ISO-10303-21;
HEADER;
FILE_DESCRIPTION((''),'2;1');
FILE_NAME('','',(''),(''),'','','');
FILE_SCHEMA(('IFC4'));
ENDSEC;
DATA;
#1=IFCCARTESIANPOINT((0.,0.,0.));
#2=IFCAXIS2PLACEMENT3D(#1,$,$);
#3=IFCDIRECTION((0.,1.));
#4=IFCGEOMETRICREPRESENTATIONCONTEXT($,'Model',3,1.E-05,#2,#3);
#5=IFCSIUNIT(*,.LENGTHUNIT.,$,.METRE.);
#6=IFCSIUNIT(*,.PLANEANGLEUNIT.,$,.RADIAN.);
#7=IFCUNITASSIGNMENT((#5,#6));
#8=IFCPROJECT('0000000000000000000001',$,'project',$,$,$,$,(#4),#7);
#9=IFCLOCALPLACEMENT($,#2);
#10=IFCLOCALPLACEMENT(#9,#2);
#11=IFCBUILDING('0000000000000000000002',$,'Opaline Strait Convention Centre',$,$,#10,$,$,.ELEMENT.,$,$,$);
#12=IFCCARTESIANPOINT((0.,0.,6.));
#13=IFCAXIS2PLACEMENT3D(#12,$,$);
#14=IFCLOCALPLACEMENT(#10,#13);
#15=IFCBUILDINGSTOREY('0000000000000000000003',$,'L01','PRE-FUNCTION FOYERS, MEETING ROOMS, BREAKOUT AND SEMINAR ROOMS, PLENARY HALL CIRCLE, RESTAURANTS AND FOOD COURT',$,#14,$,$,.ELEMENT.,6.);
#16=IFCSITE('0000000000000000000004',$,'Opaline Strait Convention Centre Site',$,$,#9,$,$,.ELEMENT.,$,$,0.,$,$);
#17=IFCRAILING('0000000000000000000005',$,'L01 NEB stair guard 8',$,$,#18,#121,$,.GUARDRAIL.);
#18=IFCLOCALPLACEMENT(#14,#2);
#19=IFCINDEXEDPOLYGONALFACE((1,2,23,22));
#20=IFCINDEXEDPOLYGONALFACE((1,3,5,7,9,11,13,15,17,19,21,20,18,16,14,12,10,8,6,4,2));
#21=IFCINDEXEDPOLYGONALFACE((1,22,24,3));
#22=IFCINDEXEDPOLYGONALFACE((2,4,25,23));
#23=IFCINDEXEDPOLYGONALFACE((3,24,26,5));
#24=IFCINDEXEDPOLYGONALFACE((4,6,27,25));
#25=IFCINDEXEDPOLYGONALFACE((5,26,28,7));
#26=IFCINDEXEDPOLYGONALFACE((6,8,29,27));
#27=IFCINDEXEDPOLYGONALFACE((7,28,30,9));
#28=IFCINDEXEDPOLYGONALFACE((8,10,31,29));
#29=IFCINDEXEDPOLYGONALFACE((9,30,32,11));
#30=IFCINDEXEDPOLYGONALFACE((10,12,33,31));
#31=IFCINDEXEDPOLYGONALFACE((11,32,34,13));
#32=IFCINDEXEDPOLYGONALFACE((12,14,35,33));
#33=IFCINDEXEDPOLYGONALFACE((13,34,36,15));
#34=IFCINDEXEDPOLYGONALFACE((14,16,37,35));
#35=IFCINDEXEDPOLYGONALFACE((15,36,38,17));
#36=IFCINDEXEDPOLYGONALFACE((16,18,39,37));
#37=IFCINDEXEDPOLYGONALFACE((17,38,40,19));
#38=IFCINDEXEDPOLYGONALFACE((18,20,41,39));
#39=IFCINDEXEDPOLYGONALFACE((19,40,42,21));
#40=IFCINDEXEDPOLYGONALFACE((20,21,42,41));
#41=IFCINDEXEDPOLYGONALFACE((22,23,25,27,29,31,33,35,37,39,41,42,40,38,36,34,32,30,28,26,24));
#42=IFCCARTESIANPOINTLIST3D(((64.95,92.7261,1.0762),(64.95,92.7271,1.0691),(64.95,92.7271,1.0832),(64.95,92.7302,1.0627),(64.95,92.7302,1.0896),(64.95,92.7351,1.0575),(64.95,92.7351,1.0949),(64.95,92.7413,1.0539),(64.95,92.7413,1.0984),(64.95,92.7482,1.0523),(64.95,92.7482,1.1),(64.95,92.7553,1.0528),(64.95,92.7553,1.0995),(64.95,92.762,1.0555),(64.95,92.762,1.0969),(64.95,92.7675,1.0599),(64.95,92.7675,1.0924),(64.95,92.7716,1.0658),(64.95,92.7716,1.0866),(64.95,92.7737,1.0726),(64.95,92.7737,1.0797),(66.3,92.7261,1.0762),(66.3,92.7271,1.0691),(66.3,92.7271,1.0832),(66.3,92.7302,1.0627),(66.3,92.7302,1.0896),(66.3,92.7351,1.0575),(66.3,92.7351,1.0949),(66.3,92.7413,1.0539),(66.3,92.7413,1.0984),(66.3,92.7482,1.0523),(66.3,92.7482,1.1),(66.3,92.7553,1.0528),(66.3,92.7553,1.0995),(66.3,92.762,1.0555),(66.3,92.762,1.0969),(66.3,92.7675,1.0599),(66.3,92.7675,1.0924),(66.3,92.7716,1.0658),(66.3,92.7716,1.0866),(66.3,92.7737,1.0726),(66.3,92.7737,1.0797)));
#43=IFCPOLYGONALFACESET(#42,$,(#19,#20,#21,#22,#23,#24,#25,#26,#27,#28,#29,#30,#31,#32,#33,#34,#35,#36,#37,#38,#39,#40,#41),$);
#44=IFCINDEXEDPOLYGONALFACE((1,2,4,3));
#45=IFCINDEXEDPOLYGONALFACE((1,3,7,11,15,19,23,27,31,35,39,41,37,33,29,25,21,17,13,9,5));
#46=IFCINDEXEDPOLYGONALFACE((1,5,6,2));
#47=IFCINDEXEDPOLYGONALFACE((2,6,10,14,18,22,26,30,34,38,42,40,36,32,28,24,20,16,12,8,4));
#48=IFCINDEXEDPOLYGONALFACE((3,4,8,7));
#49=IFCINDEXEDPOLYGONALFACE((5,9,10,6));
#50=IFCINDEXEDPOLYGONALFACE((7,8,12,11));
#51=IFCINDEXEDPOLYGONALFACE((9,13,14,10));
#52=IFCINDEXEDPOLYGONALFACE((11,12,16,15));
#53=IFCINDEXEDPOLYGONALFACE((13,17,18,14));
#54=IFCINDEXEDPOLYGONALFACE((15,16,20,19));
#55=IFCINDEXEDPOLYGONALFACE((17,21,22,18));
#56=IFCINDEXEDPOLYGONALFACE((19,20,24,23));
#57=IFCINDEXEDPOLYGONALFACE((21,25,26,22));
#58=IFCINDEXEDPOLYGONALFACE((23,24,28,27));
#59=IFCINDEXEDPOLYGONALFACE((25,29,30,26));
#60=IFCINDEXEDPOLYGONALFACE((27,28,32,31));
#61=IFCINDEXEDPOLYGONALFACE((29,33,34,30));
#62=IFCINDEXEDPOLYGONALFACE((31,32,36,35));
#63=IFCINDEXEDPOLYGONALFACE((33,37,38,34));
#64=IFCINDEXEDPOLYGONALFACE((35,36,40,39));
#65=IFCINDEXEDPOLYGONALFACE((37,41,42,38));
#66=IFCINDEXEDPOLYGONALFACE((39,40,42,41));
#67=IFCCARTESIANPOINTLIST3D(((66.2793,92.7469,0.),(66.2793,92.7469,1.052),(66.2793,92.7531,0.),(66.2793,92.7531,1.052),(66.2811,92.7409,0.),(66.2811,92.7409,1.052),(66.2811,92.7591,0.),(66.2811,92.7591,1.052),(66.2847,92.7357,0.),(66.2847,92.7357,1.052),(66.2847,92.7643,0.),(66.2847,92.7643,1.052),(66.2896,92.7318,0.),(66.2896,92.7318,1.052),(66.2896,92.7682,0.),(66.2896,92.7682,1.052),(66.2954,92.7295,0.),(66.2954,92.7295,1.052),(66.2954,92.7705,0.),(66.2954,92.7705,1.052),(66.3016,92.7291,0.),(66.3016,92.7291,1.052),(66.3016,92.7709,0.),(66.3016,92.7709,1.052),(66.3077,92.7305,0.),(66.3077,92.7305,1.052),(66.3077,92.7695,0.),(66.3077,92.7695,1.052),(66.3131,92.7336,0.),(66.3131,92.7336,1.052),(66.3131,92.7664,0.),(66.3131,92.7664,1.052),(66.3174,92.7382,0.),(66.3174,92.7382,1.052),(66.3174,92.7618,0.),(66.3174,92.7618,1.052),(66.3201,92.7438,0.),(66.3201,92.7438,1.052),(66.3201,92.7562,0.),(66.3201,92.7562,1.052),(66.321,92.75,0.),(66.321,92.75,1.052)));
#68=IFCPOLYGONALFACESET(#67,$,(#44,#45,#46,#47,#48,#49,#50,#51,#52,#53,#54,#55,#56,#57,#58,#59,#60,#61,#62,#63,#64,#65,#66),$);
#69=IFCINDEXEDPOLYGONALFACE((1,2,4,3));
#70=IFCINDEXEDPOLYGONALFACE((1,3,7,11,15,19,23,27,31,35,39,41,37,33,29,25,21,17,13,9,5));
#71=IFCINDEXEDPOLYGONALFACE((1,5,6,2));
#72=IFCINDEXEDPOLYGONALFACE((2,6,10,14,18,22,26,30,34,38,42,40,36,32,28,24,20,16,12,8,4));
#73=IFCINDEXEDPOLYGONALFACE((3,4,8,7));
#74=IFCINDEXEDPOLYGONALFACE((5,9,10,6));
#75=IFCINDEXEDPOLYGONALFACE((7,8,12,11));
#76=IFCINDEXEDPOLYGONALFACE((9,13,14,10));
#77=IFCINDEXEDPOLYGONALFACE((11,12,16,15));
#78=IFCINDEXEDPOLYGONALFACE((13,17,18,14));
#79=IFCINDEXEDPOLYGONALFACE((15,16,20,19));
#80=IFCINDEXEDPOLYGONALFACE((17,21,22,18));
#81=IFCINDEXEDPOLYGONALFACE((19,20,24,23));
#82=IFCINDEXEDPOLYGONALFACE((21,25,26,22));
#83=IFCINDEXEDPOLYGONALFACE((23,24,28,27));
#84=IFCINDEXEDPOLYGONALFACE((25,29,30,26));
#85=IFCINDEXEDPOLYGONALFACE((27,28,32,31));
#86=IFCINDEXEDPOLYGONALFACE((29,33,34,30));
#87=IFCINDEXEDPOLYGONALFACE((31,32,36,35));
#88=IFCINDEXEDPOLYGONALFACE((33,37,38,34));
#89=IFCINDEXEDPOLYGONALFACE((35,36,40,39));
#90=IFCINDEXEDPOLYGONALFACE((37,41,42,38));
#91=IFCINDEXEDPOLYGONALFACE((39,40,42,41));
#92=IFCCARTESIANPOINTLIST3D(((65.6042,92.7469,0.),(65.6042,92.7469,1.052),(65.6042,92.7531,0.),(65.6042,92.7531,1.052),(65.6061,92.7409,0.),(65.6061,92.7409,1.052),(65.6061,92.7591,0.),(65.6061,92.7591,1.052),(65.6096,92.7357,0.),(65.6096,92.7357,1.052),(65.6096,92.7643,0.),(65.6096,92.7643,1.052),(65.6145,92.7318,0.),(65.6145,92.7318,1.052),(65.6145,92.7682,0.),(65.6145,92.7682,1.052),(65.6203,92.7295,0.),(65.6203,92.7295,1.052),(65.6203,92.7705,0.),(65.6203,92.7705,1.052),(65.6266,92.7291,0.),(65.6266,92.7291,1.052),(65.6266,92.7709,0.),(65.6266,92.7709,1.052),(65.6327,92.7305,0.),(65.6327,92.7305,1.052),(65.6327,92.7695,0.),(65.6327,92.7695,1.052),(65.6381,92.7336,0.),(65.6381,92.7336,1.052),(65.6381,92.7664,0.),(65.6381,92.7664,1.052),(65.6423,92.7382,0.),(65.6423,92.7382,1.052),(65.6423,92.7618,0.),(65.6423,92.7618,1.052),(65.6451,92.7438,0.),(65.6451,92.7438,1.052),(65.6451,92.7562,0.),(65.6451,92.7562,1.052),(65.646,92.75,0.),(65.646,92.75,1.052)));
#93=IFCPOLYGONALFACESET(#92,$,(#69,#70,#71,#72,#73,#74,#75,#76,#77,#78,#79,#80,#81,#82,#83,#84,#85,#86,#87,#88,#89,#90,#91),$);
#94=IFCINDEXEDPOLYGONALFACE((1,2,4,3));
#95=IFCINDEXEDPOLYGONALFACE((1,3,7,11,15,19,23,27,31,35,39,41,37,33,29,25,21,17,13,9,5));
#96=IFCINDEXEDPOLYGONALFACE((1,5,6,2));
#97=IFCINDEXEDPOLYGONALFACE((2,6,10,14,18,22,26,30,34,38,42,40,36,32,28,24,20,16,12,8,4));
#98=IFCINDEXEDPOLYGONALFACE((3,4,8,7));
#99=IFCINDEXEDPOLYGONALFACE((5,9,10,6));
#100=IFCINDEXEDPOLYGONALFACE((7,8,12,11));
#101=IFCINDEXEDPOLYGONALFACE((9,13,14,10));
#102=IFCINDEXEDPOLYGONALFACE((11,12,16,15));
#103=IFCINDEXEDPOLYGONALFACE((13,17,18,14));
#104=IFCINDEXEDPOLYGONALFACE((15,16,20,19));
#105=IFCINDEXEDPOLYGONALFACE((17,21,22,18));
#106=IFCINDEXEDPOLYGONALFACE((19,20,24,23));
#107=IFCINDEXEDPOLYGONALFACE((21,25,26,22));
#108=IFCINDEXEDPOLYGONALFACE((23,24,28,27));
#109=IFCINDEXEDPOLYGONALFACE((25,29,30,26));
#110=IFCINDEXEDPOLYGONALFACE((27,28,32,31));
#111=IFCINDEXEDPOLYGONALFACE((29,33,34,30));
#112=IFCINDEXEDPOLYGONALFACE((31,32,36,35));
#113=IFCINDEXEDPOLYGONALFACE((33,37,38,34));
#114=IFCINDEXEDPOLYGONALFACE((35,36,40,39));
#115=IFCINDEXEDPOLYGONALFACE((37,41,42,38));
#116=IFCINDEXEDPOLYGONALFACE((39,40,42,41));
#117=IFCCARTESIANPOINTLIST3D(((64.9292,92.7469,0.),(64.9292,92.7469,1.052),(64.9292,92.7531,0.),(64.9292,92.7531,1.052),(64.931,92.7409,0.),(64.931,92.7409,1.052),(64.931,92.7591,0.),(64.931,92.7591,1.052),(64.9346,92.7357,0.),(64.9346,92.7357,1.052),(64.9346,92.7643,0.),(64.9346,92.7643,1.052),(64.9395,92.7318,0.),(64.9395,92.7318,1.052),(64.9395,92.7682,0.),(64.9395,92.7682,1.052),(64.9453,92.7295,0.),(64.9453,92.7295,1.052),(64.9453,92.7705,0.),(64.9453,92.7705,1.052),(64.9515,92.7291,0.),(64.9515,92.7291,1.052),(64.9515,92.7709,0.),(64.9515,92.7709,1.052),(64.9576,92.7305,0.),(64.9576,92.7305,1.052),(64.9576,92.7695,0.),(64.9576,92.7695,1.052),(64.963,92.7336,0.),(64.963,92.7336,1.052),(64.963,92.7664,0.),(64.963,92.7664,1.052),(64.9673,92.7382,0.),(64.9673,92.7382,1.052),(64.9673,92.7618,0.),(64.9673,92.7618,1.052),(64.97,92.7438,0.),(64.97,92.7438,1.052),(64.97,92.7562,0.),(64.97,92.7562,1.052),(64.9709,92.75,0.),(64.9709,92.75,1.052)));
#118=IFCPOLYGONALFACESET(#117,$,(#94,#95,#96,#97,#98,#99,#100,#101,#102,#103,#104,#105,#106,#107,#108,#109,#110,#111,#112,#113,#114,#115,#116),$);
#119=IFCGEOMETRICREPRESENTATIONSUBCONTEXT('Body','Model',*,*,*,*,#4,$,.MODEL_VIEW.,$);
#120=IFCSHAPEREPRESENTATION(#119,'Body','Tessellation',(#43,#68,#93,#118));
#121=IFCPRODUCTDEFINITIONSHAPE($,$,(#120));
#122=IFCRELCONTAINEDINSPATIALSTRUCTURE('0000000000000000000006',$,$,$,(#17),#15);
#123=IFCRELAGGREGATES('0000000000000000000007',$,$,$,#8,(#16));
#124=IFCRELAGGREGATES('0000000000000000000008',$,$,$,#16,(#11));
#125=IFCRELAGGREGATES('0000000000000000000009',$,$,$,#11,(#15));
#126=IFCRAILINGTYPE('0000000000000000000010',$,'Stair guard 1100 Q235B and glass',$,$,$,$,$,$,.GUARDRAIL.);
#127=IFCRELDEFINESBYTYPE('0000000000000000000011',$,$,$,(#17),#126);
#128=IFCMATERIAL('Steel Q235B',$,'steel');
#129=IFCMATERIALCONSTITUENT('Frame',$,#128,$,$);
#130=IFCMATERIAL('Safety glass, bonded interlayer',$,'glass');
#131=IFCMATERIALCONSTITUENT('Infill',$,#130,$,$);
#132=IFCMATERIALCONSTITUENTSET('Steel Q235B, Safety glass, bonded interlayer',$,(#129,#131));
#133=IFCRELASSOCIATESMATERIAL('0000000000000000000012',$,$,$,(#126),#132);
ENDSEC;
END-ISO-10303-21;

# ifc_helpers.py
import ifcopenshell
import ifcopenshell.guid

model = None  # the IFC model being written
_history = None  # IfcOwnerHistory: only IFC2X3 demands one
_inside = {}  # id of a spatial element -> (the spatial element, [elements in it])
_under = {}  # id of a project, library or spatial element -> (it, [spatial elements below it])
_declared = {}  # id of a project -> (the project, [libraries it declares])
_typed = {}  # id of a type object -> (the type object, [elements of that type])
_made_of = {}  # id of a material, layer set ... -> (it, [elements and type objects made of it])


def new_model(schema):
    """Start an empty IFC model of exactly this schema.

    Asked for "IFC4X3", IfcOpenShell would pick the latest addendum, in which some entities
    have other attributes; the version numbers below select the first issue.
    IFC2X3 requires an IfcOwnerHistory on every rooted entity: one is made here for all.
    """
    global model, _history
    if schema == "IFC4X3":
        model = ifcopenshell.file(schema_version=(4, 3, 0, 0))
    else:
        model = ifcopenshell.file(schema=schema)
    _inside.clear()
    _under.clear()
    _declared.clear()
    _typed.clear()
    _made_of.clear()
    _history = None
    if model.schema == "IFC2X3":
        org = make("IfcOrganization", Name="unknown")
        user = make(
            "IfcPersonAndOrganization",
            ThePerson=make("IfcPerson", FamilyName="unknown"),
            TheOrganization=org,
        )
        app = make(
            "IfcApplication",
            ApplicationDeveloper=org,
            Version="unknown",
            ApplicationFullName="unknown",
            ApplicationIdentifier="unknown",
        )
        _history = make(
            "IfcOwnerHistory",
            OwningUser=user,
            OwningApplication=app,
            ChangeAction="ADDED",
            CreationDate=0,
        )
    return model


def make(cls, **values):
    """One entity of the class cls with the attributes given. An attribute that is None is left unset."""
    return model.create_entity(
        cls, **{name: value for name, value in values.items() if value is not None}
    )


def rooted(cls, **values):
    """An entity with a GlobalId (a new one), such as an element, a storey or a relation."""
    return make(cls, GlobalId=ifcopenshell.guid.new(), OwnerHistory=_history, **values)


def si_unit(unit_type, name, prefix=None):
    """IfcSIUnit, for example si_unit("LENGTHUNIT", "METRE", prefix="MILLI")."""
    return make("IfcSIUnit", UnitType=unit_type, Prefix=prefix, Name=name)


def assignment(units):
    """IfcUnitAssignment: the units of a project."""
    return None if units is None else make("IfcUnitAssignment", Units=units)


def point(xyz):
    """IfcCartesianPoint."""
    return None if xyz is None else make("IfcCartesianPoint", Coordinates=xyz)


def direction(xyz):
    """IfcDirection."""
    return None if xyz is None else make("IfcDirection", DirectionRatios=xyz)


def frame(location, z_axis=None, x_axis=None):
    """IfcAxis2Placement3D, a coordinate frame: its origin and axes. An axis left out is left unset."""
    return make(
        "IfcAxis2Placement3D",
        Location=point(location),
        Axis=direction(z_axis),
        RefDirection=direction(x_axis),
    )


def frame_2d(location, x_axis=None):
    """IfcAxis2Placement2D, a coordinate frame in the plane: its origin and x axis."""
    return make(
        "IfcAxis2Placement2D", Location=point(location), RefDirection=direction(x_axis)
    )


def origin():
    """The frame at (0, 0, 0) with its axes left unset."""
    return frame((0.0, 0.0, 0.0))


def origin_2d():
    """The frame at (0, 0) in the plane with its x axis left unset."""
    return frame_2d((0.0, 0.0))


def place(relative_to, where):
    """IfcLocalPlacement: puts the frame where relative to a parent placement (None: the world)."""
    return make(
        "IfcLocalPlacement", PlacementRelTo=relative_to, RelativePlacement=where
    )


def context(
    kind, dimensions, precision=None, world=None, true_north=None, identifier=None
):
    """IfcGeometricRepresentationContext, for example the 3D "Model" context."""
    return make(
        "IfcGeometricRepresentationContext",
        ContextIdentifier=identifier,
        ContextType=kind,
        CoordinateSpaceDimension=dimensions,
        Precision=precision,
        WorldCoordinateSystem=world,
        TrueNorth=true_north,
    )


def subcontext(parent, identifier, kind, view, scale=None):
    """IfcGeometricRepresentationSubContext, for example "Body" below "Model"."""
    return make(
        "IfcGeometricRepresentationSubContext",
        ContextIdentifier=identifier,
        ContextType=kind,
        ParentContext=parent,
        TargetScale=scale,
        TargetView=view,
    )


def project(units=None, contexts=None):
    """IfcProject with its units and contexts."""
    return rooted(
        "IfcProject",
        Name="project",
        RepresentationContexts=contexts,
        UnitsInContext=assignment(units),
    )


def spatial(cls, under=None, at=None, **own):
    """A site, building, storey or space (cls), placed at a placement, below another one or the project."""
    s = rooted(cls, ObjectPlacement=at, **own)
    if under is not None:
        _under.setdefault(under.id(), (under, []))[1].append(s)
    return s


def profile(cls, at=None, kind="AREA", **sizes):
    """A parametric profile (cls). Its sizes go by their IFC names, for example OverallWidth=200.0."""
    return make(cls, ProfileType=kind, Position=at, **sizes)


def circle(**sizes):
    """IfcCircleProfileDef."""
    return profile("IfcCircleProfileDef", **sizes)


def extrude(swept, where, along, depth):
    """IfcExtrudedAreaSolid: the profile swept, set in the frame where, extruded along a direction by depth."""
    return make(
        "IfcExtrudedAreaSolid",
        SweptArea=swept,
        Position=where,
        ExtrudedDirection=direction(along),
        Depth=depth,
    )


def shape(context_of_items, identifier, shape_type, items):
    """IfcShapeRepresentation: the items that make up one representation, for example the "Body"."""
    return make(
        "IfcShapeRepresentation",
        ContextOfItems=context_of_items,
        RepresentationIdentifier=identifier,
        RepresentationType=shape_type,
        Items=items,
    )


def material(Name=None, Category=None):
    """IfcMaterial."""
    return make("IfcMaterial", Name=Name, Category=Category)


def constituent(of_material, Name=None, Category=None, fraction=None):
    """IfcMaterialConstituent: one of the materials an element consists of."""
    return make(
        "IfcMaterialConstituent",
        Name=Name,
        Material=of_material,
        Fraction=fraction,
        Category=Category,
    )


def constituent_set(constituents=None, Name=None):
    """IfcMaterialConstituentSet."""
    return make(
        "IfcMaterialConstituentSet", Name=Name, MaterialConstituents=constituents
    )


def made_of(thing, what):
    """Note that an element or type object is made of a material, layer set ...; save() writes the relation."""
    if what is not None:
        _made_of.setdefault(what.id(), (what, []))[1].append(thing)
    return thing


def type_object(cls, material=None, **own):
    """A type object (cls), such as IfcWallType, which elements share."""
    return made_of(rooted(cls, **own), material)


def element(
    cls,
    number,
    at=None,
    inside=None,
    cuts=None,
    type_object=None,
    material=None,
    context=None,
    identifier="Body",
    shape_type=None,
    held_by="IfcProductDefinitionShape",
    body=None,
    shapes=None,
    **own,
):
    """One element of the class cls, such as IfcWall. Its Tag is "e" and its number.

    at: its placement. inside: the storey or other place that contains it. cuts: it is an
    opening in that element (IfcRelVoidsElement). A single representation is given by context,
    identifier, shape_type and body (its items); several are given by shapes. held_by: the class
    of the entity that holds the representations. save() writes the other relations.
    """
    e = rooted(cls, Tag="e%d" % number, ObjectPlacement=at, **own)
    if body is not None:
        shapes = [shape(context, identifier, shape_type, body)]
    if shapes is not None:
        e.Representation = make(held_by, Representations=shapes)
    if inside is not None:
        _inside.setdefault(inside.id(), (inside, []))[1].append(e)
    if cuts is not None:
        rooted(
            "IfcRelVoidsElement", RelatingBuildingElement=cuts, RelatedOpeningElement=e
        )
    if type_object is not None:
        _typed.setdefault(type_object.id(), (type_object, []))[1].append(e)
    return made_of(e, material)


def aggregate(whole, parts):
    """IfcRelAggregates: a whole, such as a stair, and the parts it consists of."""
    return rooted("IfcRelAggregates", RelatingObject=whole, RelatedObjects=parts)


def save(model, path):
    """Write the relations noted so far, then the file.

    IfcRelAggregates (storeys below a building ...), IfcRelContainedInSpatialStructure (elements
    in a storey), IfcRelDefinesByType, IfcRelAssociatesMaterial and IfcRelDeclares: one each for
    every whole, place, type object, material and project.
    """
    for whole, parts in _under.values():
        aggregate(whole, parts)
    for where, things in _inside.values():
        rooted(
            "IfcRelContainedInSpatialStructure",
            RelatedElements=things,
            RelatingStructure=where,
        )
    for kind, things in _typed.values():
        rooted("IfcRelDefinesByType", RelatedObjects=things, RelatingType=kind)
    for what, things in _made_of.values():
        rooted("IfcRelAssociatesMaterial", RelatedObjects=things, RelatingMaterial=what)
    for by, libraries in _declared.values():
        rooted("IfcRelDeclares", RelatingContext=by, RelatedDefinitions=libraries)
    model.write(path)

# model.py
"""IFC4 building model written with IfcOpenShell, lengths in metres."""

from ifc_helpers import new_model, si_unit, direction, frame, origin, origin_2d, place, context, subcontext, project, spatial, circle, extrude, material, constituent, constituent_set, type_object, element, save


model = new_model("IFC4")

# Units and contexts
model_context = context("Model", 3, precision=1e-05, world=origin(), true_north=direction((0.0, 1.0)))
body_context = subcontext(model_context, "Body", "Model", "MODEL_VIEW")
ifc_project = project(units=[si_unit("LENGTHUNIT", "METRE"), si_unit("PLANEANGLEUNIT", "RADIAN")], contexts=[model_context])

# Site, building, storey
site_placement = place(None, origin())
site = spatial("IfcSite", under=ifc_project, at=site_placement, Name="Opaline Strait Convention Centre Site", CompositionType="ELEMENT", RefElevation=0.0)
building_placement = place(site_placement, origin())
building = spatial("IfcBuilding", under=site, at=building_placement, Name="Opaline Strait Convention Centre", CompositionType="ELEMENT")
storey_placement = place(building_placement, frame((0.0, 0.0, 6.0)))
storey = spatial("IfcBuildingStorey", under=building, at=storey_placement, Name="L01", Description="PRE-FUNCTION FOYERS, MEETING ROOMS, BREAKOUT AND SEMINAR ROOMS, PLENARY HALL CIRCLE, RESTAURANTS AND FOOD COURT", CompositionType="ELEMENT", Elevation=6.0)

# Railing
ifc_material_1 = material(Name="Steel Q235B", Category="steel")
ifc_constituent_1 = constituent(ifc_material_1, Name="Frame")
ifc_material_2 = material(Name="Safety glass, bonded interlayer", Category="glass")
ifc_constituent_2 = constituent(ifc_material_2, Name="Infill")
ifc_constituent_set = constituent_set(constituents=[ifc_constituent_1, ifc_constituent_2], Name="Steel Q235B, Safety glass, bonded interlayer")
railing_type_1 = type_object("IfcRailingType", Name="Stair guard 1100 Q235B and glass", PredefinedType="GUARDRAIL", material=ifc_constituent_set)
railing_1_placement = place(storey_placement, frame((66.3, 92.75, 0.0)))
element("IfcRailing", 1, at=railing_1_placement, inside=storey, type_object=railing_type_1, Name="L01 NEB stair guard 8", PredefinedType="GUARDRAIL", context=body_context, shape_type="SweptSolid", body=[
    extrude(circle(Radius=0.0239, at=origin_2d()), frame((0.0, 0.0, 1.0762), z_axis=(-1.0, 0.0, 0.0), x_axis=(0.0, -1.0, 0.0)), (0.0, 0.0, 1.0), 1.3501),
    extrude(circle(Radius=0.021, at=origin_2d()), origin(), (0.0, 0.0, 1.0), 1.052),
    extrude(circle(Radius=0.021, at=origin_2d()), frame((-0.675, 0.0, 0.0)), (0.0, 0.0, 1.0), 1.052),
    extrude(circle(Radius=0.021, at=origin_2d()), frame((-1.3501, 0.0, 0.0)), (0.0, 0.0, 1.0), 1.052),
])

save(model, "model.ifc")
